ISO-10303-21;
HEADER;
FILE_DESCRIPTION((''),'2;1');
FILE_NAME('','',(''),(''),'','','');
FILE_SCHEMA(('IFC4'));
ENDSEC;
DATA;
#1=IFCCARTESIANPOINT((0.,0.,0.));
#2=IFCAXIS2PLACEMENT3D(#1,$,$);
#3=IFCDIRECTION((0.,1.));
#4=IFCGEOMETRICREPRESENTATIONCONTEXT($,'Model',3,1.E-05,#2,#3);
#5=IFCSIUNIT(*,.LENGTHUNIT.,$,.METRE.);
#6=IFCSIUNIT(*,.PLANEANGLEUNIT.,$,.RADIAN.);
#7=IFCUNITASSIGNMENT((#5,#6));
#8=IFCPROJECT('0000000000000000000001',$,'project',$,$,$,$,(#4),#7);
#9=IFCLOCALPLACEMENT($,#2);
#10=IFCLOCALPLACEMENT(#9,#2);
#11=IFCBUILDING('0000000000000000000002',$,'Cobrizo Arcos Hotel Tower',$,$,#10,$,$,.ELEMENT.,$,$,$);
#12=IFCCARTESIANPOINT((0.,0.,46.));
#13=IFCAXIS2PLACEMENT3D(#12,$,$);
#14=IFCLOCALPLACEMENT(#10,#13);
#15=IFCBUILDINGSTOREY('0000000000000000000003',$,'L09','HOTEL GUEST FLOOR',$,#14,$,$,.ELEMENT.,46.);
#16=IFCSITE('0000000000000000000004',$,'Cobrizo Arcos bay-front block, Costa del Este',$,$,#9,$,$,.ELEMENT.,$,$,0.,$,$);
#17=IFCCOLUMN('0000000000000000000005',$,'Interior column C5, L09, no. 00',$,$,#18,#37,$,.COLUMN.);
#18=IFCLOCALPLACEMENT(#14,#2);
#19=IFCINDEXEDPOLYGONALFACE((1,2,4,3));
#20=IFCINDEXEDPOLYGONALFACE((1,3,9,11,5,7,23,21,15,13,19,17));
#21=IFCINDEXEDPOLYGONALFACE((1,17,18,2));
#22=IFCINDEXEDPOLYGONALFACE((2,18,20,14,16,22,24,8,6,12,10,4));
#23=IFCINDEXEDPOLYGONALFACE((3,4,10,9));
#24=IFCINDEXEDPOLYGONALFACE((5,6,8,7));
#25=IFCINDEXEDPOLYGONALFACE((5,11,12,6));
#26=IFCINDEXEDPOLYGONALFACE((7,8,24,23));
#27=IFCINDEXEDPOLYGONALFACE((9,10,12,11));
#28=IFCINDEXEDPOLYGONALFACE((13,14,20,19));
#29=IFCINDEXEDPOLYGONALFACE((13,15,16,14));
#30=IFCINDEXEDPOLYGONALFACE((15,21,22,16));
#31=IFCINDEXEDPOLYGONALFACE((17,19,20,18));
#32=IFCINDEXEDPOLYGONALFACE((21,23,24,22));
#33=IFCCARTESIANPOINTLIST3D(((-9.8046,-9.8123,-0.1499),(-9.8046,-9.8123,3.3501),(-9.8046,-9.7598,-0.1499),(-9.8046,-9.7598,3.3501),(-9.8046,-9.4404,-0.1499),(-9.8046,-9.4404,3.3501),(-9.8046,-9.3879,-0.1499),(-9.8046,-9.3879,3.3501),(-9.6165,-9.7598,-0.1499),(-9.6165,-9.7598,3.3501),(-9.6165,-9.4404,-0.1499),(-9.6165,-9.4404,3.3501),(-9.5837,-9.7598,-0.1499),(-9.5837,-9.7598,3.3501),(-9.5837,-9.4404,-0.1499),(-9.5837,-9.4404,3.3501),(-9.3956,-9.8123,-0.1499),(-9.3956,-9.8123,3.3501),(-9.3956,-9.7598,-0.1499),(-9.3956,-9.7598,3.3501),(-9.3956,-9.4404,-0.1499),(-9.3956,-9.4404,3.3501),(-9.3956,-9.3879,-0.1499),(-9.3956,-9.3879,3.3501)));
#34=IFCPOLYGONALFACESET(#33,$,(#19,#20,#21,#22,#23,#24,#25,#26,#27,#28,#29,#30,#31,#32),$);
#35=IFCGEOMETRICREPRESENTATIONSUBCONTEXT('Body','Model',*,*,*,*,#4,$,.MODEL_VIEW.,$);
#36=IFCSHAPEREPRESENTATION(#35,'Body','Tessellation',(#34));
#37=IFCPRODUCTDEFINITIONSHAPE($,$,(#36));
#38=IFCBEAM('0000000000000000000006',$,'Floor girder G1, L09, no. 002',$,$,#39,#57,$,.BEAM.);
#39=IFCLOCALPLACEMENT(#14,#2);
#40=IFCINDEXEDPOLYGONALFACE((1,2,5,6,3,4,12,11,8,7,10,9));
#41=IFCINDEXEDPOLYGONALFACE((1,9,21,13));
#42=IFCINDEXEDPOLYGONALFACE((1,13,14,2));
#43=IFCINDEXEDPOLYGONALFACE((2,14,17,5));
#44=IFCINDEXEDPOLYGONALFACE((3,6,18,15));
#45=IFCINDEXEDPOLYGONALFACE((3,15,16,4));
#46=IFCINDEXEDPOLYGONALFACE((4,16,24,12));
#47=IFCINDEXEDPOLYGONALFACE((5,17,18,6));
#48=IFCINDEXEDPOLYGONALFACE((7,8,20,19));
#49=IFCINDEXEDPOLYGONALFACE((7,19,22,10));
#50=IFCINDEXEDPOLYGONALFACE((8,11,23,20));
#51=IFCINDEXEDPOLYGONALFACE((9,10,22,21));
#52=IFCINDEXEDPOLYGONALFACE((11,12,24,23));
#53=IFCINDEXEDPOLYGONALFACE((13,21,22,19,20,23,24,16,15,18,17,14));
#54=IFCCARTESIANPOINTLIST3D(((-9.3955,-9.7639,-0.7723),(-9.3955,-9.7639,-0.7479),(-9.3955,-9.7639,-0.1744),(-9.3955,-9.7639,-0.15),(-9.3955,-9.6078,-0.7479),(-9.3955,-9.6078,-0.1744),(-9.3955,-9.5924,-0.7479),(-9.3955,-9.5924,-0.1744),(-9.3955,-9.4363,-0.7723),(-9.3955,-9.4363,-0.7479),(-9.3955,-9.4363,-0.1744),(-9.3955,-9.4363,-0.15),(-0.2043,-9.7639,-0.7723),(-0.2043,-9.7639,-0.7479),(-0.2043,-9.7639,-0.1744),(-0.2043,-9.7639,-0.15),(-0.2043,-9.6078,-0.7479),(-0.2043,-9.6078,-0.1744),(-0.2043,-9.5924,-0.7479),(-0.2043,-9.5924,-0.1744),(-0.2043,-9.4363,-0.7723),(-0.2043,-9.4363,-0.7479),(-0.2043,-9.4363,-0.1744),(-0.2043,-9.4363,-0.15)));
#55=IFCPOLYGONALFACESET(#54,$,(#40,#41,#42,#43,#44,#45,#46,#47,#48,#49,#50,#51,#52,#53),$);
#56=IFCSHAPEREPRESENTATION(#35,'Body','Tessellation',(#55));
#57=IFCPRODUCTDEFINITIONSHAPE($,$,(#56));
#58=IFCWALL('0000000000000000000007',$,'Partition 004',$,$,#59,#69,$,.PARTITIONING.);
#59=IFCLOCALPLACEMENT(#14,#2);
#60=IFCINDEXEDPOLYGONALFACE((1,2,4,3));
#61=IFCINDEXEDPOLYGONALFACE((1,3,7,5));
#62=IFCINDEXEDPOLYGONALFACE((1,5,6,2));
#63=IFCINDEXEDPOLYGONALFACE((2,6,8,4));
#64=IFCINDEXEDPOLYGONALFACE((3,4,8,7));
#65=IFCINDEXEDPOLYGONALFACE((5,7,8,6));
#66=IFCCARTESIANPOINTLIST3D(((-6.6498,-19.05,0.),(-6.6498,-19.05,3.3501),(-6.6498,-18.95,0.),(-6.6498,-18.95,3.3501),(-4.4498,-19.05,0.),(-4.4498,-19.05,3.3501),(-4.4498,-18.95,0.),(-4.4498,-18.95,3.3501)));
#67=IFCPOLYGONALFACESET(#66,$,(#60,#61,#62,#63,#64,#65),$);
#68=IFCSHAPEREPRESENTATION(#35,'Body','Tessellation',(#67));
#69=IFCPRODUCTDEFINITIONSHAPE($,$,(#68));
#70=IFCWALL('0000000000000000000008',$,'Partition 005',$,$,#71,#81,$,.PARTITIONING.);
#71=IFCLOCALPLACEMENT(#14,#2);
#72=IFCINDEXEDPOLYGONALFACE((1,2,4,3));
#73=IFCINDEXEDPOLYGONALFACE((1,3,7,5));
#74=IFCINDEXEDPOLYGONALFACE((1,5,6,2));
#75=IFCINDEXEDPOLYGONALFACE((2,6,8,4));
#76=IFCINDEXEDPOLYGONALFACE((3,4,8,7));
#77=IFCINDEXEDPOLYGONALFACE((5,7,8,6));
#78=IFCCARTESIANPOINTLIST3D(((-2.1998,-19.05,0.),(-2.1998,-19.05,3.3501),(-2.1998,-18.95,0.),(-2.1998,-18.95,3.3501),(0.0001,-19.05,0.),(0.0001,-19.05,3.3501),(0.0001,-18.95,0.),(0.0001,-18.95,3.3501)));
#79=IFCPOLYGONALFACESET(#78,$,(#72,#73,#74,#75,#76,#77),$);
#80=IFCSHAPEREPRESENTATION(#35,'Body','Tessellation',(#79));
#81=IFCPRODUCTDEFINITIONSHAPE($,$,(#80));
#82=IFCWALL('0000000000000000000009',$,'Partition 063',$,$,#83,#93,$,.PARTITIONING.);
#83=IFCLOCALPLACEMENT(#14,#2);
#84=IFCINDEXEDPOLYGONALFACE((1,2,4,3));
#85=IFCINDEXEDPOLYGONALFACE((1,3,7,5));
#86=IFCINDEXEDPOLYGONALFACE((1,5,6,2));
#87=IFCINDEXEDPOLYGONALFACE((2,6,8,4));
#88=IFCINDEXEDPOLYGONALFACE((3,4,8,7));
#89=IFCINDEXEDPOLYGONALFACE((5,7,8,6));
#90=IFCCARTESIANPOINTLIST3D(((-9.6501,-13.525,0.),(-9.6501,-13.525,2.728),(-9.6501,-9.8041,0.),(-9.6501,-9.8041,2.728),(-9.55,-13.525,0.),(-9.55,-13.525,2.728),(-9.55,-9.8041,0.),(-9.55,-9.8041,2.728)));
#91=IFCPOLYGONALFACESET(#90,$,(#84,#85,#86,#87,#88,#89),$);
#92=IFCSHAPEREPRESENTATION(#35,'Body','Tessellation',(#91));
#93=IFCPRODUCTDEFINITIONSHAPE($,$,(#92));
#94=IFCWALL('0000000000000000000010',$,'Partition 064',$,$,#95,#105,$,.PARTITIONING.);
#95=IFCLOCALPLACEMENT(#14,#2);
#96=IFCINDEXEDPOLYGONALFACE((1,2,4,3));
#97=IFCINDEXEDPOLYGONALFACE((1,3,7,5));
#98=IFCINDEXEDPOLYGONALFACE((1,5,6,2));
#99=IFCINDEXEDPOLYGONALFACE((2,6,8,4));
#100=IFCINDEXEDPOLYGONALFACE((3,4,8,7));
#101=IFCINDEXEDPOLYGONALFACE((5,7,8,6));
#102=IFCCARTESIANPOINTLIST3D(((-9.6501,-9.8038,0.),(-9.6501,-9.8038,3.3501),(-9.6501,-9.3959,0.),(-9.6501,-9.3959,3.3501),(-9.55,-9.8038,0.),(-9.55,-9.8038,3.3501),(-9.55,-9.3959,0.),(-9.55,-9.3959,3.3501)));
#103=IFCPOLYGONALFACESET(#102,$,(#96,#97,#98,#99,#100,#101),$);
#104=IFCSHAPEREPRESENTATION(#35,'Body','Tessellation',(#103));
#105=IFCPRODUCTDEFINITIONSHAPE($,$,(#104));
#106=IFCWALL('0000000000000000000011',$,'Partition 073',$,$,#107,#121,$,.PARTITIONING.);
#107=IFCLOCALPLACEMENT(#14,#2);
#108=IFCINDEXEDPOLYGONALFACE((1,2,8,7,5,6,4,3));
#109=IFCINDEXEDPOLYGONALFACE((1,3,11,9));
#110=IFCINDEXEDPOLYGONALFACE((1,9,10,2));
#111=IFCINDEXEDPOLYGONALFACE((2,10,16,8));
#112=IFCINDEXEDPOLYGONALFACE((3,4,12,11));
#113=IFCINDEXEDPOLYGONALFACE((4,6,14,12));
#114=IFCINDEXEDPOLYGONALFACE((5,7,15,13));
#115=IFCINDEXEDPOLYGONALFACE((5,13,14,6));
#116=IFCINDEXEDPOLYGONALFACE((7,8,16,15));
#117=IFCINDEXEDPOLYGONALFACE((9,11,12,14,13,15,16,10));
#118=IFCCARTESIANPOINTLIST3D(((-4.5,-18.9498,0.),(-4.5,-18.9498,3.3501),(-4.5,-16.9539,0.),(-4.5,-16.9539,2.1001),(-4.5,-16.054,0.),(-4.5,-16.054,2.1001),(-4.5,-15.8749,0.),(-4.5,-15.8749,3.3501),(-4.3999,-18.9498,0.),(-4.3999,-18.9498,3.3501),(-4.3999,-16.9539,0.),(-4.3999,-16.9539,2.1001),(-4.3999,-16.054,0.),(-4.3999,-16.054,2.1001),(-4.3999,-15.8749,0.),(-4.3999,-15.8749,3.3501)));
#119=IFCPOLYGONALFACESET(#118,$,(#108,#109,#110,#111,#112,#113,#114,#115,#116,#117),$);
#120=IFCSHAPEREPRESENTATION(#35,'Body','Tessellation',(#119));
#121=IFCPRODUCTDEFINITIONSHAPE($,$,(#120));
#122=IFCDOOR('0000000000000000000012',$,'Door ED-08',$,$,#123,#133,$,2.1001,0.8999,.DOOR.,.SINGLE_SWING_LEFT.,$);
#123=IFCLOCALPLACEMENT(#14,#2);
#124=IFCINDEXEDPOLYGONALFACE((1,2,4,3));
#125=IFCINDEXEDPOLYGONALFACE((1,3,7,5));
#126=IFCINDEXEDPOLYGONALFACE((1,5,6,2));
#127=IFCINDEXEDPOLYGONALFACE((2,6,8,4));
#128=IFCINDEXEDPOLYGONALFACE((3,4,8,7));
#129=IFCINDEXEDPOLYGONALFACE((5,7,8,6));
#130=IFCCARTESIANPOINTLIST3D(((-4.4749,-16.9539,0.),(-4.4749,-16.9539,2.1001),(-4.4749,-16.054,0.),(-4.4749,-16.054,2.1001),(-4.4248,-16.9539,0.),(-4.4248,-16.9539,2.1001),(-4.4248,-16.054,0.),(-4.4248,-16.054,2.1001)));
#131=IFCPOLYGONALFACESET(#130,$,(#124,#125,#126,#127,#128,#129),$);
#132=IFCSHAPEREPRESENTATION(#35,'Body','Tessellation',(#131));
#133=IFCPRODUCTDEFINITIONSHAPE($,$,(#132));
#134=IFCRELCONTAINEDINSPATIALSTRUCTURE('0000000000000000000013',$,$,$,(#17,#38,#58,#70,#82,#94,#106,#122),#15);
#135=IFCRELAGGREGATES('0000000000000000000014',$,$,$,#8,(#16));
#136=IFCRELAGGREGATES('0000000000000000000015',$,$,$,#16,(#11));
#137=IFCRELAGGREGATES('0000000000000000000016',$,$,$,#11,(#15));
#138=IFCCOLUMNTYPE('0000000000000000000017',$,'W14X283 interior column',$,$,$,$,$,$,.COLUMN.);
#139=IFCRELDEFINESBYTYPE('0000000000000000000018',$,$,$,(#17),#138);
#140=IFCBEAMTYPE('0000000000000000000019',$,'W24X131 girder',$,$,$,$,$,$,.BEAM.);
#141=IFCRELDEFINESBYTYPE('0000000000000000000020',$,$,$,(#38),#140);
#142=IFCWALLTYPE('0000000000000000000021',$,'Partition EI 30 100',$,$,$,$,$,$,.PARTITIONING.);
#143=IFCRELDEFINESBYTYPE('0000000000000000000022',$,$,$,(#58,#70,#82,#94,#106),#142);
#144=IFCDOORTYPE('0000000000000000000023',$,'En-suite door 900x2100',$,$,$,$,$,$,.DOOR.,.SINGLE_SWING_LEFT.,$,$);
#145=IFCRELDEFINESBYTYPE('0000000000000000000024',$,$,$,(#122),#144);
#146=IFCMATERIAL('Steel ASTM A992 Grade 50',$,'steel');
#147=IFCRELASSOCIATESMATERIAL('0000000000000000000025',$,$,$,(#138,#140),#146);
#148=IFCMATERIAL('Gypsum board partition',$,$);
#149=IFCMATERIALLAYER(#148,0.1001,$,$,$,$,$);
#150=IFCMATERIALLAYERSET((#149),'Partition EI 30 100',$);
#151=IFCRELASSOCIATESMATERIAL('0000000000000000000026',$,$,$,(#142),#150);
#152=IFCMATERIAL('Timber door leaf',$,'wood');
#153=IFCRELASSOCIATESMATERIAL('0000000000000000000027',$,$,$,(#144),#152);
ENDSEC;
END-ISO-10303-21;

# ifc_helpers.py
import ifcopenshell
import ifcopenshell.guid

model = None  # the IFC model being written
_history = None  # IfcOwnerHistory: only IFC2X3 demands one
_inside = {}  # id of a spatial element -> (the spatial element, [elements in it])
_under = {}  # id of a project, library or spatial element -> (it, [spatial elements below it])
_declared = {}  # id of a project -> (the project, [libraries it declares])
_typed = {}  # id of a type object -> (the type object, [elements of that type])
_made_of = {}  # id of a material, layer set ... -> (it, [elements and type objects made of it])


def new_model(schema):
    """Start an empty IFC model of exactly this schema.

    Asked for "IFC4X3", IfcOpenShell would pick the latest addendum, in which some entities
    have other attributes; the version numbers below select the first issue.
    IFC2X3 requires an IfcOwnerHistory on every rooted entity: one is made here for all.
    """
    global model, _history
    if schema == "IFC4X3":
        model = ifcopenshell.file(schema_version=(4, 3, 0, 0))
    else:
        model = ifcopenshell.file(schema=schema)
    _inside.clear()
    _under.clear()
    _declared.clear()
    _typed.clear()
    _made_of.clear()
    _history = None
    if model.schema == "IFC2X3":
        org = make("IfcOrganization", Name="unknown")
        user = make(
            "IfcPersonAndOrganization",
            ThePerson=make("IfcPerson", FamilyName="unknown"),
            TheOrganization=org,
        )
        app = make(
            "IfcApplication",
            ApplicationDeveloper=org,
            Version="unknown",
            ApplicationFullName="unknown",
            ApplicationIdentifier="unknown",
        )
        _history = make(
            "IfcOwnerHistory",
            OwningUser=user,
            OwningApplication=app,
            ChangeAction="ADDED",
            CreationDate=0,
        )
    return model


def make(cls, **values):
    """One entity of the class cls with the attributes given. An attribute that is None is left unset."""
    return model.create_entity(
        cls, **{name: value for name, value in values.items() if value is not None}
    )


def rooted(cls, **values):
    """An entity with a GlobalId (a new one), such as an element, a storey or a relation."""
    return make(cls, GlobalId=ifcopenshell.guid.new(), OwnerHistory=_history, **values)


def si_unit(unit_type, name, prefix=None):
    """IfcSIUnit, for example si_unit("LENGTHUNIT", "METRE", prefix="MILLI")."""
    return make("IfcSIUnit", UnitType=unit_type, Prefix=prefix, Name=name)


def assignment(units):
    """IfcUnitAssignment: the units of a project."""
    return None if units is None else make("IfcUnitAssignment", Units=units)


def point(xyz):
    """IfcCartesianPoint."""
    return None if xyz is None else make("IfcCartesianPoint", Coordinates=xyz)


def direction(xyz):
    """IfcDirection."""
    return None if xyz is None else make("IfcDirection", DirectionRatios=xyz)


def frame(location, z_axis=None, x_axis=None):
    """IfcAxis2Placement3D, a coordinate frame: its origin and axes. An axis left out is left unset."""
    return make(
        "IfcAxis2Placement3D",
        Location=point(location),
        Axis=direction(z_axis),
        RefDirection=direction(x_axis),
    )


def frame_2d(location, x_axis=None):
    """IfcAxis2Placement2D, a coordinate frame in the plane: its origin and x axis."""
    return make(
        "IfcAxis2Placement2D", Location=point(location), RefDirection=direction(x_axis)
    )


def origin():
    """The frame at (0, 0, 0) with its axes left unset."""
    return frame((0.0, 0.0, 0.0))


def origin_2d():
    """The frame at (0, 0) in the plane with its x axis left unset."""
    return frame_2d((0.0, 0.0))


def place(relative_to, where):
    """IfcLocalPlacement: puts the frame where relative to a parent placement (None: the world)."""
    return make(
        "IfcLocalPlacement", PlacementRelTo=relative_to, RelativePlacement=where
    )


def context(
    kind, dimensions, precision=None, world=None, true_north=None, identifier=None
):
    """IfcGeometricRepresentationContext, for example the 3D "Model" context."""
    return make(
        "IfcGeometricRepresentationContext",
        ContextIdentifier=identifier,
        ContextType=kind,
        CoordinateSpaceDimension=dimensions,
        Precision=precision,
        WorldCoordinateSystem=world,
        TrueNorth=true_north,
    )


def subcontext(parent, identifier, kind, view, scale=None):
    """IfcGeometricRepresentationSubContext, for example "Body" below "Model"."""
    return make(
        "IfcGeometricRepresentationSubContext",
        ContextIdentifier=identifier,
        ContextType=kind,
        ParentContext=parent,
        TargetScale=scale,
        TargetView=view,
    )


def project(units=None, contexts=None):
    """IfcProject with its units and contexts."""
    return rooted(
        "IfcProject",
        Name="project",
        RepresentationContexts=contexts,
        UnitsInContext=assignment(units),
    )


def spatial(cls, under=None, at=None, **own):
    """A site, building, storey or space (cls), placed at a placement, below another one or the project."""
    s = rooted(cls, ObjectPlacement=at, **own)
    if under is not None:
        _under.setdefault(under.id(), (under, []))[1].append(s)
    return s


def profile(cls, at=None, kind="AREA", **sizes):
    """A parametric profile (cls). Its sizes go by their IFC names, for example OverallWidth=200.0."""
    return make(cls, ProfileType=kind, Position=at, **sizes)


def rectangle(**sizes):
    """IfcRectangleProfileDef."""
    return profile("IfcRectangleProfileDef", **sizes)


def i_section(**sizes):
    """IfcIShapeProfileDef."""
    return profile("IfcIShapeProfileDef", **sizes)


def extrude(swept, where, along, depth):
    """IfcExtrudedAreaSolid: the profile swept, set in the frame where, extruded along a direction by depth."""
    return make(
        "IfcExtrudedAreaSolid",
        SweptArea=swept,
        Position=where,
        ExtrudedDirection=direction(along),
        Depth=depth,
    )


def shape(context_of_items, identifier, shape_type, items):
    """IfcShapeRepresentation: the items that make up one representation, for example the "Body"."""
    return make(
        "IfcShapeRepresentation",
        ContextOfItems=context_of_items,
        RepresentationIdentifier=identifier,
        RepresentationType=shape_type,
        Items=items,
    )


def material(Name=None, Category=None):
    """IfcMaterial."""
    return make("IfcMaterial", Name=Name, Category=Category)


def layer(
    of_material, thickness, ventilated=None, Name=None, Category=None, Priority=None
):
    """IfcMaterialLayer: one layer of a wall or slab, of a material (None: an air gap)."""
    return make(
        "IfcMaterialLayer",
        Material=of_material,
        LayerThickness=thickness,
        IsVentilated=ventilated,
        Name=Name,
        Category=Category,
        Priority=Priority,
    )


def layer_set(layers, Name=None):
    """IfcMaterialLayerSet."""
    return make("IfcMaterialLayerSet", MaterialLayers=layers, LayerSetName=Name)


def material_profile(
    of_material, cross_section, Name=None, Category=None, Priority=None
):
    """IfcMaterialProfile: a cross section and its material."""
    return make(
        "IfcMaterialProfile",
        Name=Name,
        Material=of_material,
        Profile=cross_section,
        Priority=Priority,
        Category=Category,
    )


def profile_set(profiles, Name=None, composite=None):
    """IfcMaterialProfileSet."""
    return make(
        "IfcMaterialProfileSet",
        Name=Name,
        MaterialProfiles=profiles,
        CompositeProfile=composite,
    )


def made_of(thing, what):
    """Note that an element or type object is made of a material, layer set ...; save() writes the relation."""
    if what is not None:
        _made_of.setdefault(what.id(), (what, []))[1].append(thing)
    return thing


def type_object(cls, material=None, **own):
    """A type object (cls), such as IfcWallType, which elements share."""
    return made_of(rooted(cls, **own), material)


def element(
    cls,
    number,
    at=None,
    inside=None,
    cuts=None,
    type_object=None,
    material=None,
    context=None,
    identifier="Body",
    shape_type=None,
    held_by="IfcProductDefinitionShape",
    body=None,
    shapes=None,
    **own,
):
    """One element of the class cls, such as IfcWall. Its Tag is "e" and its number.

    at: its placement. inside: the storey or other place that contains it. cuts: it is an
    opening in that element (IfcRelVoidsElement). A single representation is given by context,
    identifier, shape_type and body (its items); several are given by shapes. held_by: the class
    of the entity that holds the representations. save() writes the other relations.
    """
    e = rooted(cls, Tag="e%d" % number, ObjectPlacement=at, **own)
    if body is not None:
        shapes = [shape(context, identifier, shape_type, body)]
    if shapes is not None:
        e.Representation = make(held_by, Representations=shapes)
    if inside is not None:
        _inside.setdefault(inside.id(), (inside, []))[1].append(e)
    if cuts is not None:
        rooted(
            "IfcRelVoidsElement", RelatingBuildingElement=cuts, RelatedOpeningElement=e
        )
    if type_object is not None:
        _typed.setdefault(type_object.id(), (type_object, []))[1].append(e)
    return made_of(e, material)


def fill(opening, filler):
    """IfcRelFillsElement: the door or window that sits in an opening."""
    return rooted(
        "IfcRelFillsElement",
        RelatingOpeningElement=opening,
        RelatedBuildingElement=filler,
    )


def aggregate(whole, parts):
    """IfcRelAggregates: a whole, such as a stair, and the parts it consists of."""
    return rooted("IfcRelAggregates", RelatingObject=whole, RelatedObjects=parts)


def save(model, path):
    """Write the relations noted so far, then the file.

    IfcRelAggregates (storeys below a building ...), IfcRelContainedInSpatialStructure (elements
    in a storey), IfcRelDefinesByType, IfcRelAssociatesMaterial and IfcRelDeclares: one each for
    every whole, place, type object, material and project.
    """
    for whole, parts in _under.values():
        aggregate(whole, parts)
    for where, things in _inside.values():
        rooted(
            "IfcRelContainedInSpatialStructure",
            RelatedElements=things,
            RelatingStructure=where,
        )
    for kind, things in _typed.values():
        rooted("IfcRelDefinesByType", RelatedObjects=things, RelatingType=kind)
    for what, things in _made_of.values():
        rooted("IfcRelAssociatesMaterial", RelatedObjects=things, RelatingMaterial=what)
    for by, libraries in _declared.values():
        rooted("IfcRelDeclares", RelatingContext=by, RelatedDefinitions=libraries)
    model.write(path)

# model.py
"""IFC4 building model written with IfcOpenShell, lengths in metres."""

from ifc_helpers import new_model, si_unit, direction, frame, frame_2d, origin, origin_2d, place, context, subcontext, project, spatial, rectangle, i_section, extrude, material, layer, layer_set, material_profile, profile_set, type_object, element, fill, save


model = new_model("IFC4")

# Units and contexts
model_context = context("Model", 3, precision=1e-05, world=origin(), true_north=direction((0.0, 1.0)))
body_context = subcontext(model_context, "Body", "Model", "MODEL_VIEW")
ifc_project = project(units=[si_unit("LENGTHUNIT", "METRE"), si_unit("PLANEANGLEUNIT", "RADIAN")], contexts=[model_context])

# Site, building, storey
site_placement = place(None, origin())
site = spatial("IfcSite", under=ifc_project, at=site_placement, Name="Cobrizo Arcos bay-front block, Costa del Este", CompositionType="ELEMENT", RefElevation=0.0)
building_placement = place(site_placement, origin())
building = spatial("IfcBuilding", under=site, at=building_placement, Name="Cobrizo Arcos Hotel Tower", CompositionType="ELEMENT")
storey_placement = place(building_placement, frame((0.0, 0.0, 46.0)))
storey = spatial("IfcBuildingStorey", under=building, at=storey_placement, Name="L09", Description="HOTEL GUEST FLOOR", CompositionType="ELEMENT", Elevation=46.0)

# Column
ifc_material_1 = material(Name="Steel ASTM A992 Grade 50", Category="steel")
ifc_material_profile_1 = material_profile(ifc_material_1, i_section(OverallWidth=0.4089, OverallDepth=0.4243, WebThickness=0.0327, FlangeThickness=0.0525, at=origin_2d()), Name="W14X283")
ifc_profile_set_1 = profile_set([ifc_material_profile_1], Name="Steel ASTM A992 Grade 50")
column_type = type_object("IfcColumnType", Name="W14X283 interior column", PredefinedType="COLUMN", material=ifc_profile_set_1)
column_placement = place(storey_placement, frame((-9.6001, -9.6001, -0.1499), z_axis=(0.0, 0.0, 1.0), x_axis=(1.0, 0.0, 0.0)))
element("IfcColumn", 1, at=column_placement, inside=storey, type_object=column_type, Name="Interior column C5, L09, no. 00", PredefinedType="COLUMN", context=body_context, shape_type="SweptSolid", body=[
    extrude(i_section(OverallWidth=0.4089, OverallDepth=0.4243, WebThickness=0.0327, FlangeThickness=0.0525, at=origin_2d()), origin(), (0.0, 0.0, 1.0), 3.5),
])

# Beam
ifc_material_profile_2 = material_profile(ifc_material_1, i_section(OverallWidth=0.3276, OverallDepth=0.6223, WebThickness=0.0154, FlangeThickness=0.0244, at=origin_2d()), Name="W24X131")
ifc_profile_set_2 = profile_set([ifc_material_profile_2], Name="Steel ASTM A992 Grade 50")
beam_type = type_object("IfcBeamType", Name="W24X131 girder", PredefinedType="BEAM", material=ifc_profile_set_2)
beam_placement = place(storey_placement, frame((-9.3955, -9.6001, -0.4612), z_axis=(1.0, 0.0, 0.0), x_axis=(0.0, 1.0, 0.0)))
element("IfcBeam", 2, at=beam_placement, inside=storey, type_object=beam_type, Name="Floor girder G1, L09, no. 002", PredefinedType="BEAM", context=body_context, shape_type="SweptSolid", body=[
    extrude(i_section(OverallWidth=0.3276, OverallDepth=0.6223, WebThickness=0.0154, FlangeThickness=0.0244, at=origin_2d()), origin(), (0.0, 0.0, 1.0), 9.1912),
])

# Walls
ifc_material_2 = material(Name="Gypsum board partition")
ifc_layer = layer(ifc_material_2, 0.1001)
ifc_layer_set = layer_set([ifc_layer], Name="Partition EI 30 100")
wall_type = type_object("IfcWallType", Name="Partition EI 30 100", PredefinedType="PARTITIONING", material=ifc_layer_set)
for number, where, z_axis, x_axis, name in (
    (3, (-6.6499, -19.0, 0.0), (0.0, 0.0, 1.0), (1.0, 0.0, 0.0), "Partition 004"),
    (4, (-2.2, -19.0, 0.0), (0.0, 0.0, 1.0), (1.0, 0.0, 0.0), "Partition 005"),
):
    element("IfcWall", number, at=place(storey_placement, frame(where, z_axis=z_axis, x_axis=x_axis)), inside=storey, type_object=wall_type, Name=name, PredefinedType="PARTITIONING", context=body_context, shape_type="SweptSolid", body=[
        extrude(rectangle(XDim=2.2, YDim=0.1001, at=frame_2d((1.1001, 0.0))), origin(), (0.0, 0.0, 1.0), 3.3501),
    ])
wall_1_placement = place(storey_placement, frame((-9.6001, -13.5249, 0.0), z_axis=(0.0, 0.0, 1.0), x_axis=(0.0, 1.0, 0.0)))
element("IfcWall", 5, at=wall_1_placement, inside=storey, type_object=wall_type, Name="Partition 063", PredefinedType="PARTITIONING", context=body_context, shape_type="SweptSolid", body=[
    extrude(rectangle(XDim=3.7209, YDim=0.1001, at=frame_2d((1.8604, 0.0))), origin(), (0.0, 0.0, 1.0), 2.728),
])
wall_2_placement = place(storey_placement, frame((-9.6001, -9.804, 0.0), z_axis=(0.0, 0.0, 1.0), x_axis=(0.0, 1.0, 0.0)))
element("IfcWall", 6, at=wall_2_placement, inside=storey, type_object=wall_type, Name="Partition 064", PredefinedType="PARTITIONING", context=body_context, shape_type="SweptSolid", body=[
    extrude(rectangle(XDim=0.408, YDim=0.1001, at=frame_2d((0.2041, 0.0))), origin(), (0.0, 0.0, 1.0), 3.3501),
])

# Wall, opening, door
wall_3_placement = place(storey_placement, frame((-4.45, -18.95, 0.0), z_axis=(0.0, 0.0, 1.0), x_axis=(0.0, 1.0, 0.0)))
wall_3 = element("IfcWall", 7, at=wall_3_placement, inside=storey, type_object=wall_type, Name="Partition 073", PredefinedType="PARTITIONING", context=body_context, shape_type="SweptSolid", body=[
    extrude(rectangle(XDim=3.075, YDim=0.1001, at=frame_2d((1.5376, 0.0))), origin(), (0.0, 0.0, 1.0), 3.3501),
])
opening_placement = place(wall_3_placement, frame((1.9961, 0.0, 0.0)))
opening = element("IfcOpeningElement", 8, at=opening_placement, cuts=wall_3, PredefinedType="OPENING", context=body_context, shape_type="SweptSolid", body=[
    extrude(rectangle(XDim=0.8999, YDim=2.1001, at=frame_2d((0.45, 1.05))), frame((0.0, 0.062, 0.0), z_axis=(0.0, -1.0, 0.0), x_axis=(1.0, 0.0, 0.0)), (0.0, 0.0, 1.0), 0.124),
])
ifc_material_3 = material(Name="Timber door leaf", Category="wood")
door_type = type_object("IfcDoorType", Name="En-suite door 900x2100", OperationType="SINGLE_SWING_LEFT", PredefinedType="DOOR", material=ifc_material_3)
door_placement = place(opening_placement, origin())
door = element("IfcDoor", 9, at=door_placement, inside=storey, type_object=door_type, Name="Door ED-08", OperationType="SINGLE_SWING_LEFT", OverallHeight=2.1001, OverallWidth=0.8999, PredefinedType="DOOR", context=body_context, shape_type="SweptSolid", body=[
    extrude(rectangle(XDim=0.8999, YDim=2.1001, at=frame_2d((0.45, 1.05))), frame((0.0, 0.0249, 0.0), z_axis=(0.0, -1.0, 0.0), x_axis=(1.0, 0.0, 0.0)), (0.0, 0.0, 1.0), 0.05),
])
fill(opening, door)

save(model, "model.ifc")
